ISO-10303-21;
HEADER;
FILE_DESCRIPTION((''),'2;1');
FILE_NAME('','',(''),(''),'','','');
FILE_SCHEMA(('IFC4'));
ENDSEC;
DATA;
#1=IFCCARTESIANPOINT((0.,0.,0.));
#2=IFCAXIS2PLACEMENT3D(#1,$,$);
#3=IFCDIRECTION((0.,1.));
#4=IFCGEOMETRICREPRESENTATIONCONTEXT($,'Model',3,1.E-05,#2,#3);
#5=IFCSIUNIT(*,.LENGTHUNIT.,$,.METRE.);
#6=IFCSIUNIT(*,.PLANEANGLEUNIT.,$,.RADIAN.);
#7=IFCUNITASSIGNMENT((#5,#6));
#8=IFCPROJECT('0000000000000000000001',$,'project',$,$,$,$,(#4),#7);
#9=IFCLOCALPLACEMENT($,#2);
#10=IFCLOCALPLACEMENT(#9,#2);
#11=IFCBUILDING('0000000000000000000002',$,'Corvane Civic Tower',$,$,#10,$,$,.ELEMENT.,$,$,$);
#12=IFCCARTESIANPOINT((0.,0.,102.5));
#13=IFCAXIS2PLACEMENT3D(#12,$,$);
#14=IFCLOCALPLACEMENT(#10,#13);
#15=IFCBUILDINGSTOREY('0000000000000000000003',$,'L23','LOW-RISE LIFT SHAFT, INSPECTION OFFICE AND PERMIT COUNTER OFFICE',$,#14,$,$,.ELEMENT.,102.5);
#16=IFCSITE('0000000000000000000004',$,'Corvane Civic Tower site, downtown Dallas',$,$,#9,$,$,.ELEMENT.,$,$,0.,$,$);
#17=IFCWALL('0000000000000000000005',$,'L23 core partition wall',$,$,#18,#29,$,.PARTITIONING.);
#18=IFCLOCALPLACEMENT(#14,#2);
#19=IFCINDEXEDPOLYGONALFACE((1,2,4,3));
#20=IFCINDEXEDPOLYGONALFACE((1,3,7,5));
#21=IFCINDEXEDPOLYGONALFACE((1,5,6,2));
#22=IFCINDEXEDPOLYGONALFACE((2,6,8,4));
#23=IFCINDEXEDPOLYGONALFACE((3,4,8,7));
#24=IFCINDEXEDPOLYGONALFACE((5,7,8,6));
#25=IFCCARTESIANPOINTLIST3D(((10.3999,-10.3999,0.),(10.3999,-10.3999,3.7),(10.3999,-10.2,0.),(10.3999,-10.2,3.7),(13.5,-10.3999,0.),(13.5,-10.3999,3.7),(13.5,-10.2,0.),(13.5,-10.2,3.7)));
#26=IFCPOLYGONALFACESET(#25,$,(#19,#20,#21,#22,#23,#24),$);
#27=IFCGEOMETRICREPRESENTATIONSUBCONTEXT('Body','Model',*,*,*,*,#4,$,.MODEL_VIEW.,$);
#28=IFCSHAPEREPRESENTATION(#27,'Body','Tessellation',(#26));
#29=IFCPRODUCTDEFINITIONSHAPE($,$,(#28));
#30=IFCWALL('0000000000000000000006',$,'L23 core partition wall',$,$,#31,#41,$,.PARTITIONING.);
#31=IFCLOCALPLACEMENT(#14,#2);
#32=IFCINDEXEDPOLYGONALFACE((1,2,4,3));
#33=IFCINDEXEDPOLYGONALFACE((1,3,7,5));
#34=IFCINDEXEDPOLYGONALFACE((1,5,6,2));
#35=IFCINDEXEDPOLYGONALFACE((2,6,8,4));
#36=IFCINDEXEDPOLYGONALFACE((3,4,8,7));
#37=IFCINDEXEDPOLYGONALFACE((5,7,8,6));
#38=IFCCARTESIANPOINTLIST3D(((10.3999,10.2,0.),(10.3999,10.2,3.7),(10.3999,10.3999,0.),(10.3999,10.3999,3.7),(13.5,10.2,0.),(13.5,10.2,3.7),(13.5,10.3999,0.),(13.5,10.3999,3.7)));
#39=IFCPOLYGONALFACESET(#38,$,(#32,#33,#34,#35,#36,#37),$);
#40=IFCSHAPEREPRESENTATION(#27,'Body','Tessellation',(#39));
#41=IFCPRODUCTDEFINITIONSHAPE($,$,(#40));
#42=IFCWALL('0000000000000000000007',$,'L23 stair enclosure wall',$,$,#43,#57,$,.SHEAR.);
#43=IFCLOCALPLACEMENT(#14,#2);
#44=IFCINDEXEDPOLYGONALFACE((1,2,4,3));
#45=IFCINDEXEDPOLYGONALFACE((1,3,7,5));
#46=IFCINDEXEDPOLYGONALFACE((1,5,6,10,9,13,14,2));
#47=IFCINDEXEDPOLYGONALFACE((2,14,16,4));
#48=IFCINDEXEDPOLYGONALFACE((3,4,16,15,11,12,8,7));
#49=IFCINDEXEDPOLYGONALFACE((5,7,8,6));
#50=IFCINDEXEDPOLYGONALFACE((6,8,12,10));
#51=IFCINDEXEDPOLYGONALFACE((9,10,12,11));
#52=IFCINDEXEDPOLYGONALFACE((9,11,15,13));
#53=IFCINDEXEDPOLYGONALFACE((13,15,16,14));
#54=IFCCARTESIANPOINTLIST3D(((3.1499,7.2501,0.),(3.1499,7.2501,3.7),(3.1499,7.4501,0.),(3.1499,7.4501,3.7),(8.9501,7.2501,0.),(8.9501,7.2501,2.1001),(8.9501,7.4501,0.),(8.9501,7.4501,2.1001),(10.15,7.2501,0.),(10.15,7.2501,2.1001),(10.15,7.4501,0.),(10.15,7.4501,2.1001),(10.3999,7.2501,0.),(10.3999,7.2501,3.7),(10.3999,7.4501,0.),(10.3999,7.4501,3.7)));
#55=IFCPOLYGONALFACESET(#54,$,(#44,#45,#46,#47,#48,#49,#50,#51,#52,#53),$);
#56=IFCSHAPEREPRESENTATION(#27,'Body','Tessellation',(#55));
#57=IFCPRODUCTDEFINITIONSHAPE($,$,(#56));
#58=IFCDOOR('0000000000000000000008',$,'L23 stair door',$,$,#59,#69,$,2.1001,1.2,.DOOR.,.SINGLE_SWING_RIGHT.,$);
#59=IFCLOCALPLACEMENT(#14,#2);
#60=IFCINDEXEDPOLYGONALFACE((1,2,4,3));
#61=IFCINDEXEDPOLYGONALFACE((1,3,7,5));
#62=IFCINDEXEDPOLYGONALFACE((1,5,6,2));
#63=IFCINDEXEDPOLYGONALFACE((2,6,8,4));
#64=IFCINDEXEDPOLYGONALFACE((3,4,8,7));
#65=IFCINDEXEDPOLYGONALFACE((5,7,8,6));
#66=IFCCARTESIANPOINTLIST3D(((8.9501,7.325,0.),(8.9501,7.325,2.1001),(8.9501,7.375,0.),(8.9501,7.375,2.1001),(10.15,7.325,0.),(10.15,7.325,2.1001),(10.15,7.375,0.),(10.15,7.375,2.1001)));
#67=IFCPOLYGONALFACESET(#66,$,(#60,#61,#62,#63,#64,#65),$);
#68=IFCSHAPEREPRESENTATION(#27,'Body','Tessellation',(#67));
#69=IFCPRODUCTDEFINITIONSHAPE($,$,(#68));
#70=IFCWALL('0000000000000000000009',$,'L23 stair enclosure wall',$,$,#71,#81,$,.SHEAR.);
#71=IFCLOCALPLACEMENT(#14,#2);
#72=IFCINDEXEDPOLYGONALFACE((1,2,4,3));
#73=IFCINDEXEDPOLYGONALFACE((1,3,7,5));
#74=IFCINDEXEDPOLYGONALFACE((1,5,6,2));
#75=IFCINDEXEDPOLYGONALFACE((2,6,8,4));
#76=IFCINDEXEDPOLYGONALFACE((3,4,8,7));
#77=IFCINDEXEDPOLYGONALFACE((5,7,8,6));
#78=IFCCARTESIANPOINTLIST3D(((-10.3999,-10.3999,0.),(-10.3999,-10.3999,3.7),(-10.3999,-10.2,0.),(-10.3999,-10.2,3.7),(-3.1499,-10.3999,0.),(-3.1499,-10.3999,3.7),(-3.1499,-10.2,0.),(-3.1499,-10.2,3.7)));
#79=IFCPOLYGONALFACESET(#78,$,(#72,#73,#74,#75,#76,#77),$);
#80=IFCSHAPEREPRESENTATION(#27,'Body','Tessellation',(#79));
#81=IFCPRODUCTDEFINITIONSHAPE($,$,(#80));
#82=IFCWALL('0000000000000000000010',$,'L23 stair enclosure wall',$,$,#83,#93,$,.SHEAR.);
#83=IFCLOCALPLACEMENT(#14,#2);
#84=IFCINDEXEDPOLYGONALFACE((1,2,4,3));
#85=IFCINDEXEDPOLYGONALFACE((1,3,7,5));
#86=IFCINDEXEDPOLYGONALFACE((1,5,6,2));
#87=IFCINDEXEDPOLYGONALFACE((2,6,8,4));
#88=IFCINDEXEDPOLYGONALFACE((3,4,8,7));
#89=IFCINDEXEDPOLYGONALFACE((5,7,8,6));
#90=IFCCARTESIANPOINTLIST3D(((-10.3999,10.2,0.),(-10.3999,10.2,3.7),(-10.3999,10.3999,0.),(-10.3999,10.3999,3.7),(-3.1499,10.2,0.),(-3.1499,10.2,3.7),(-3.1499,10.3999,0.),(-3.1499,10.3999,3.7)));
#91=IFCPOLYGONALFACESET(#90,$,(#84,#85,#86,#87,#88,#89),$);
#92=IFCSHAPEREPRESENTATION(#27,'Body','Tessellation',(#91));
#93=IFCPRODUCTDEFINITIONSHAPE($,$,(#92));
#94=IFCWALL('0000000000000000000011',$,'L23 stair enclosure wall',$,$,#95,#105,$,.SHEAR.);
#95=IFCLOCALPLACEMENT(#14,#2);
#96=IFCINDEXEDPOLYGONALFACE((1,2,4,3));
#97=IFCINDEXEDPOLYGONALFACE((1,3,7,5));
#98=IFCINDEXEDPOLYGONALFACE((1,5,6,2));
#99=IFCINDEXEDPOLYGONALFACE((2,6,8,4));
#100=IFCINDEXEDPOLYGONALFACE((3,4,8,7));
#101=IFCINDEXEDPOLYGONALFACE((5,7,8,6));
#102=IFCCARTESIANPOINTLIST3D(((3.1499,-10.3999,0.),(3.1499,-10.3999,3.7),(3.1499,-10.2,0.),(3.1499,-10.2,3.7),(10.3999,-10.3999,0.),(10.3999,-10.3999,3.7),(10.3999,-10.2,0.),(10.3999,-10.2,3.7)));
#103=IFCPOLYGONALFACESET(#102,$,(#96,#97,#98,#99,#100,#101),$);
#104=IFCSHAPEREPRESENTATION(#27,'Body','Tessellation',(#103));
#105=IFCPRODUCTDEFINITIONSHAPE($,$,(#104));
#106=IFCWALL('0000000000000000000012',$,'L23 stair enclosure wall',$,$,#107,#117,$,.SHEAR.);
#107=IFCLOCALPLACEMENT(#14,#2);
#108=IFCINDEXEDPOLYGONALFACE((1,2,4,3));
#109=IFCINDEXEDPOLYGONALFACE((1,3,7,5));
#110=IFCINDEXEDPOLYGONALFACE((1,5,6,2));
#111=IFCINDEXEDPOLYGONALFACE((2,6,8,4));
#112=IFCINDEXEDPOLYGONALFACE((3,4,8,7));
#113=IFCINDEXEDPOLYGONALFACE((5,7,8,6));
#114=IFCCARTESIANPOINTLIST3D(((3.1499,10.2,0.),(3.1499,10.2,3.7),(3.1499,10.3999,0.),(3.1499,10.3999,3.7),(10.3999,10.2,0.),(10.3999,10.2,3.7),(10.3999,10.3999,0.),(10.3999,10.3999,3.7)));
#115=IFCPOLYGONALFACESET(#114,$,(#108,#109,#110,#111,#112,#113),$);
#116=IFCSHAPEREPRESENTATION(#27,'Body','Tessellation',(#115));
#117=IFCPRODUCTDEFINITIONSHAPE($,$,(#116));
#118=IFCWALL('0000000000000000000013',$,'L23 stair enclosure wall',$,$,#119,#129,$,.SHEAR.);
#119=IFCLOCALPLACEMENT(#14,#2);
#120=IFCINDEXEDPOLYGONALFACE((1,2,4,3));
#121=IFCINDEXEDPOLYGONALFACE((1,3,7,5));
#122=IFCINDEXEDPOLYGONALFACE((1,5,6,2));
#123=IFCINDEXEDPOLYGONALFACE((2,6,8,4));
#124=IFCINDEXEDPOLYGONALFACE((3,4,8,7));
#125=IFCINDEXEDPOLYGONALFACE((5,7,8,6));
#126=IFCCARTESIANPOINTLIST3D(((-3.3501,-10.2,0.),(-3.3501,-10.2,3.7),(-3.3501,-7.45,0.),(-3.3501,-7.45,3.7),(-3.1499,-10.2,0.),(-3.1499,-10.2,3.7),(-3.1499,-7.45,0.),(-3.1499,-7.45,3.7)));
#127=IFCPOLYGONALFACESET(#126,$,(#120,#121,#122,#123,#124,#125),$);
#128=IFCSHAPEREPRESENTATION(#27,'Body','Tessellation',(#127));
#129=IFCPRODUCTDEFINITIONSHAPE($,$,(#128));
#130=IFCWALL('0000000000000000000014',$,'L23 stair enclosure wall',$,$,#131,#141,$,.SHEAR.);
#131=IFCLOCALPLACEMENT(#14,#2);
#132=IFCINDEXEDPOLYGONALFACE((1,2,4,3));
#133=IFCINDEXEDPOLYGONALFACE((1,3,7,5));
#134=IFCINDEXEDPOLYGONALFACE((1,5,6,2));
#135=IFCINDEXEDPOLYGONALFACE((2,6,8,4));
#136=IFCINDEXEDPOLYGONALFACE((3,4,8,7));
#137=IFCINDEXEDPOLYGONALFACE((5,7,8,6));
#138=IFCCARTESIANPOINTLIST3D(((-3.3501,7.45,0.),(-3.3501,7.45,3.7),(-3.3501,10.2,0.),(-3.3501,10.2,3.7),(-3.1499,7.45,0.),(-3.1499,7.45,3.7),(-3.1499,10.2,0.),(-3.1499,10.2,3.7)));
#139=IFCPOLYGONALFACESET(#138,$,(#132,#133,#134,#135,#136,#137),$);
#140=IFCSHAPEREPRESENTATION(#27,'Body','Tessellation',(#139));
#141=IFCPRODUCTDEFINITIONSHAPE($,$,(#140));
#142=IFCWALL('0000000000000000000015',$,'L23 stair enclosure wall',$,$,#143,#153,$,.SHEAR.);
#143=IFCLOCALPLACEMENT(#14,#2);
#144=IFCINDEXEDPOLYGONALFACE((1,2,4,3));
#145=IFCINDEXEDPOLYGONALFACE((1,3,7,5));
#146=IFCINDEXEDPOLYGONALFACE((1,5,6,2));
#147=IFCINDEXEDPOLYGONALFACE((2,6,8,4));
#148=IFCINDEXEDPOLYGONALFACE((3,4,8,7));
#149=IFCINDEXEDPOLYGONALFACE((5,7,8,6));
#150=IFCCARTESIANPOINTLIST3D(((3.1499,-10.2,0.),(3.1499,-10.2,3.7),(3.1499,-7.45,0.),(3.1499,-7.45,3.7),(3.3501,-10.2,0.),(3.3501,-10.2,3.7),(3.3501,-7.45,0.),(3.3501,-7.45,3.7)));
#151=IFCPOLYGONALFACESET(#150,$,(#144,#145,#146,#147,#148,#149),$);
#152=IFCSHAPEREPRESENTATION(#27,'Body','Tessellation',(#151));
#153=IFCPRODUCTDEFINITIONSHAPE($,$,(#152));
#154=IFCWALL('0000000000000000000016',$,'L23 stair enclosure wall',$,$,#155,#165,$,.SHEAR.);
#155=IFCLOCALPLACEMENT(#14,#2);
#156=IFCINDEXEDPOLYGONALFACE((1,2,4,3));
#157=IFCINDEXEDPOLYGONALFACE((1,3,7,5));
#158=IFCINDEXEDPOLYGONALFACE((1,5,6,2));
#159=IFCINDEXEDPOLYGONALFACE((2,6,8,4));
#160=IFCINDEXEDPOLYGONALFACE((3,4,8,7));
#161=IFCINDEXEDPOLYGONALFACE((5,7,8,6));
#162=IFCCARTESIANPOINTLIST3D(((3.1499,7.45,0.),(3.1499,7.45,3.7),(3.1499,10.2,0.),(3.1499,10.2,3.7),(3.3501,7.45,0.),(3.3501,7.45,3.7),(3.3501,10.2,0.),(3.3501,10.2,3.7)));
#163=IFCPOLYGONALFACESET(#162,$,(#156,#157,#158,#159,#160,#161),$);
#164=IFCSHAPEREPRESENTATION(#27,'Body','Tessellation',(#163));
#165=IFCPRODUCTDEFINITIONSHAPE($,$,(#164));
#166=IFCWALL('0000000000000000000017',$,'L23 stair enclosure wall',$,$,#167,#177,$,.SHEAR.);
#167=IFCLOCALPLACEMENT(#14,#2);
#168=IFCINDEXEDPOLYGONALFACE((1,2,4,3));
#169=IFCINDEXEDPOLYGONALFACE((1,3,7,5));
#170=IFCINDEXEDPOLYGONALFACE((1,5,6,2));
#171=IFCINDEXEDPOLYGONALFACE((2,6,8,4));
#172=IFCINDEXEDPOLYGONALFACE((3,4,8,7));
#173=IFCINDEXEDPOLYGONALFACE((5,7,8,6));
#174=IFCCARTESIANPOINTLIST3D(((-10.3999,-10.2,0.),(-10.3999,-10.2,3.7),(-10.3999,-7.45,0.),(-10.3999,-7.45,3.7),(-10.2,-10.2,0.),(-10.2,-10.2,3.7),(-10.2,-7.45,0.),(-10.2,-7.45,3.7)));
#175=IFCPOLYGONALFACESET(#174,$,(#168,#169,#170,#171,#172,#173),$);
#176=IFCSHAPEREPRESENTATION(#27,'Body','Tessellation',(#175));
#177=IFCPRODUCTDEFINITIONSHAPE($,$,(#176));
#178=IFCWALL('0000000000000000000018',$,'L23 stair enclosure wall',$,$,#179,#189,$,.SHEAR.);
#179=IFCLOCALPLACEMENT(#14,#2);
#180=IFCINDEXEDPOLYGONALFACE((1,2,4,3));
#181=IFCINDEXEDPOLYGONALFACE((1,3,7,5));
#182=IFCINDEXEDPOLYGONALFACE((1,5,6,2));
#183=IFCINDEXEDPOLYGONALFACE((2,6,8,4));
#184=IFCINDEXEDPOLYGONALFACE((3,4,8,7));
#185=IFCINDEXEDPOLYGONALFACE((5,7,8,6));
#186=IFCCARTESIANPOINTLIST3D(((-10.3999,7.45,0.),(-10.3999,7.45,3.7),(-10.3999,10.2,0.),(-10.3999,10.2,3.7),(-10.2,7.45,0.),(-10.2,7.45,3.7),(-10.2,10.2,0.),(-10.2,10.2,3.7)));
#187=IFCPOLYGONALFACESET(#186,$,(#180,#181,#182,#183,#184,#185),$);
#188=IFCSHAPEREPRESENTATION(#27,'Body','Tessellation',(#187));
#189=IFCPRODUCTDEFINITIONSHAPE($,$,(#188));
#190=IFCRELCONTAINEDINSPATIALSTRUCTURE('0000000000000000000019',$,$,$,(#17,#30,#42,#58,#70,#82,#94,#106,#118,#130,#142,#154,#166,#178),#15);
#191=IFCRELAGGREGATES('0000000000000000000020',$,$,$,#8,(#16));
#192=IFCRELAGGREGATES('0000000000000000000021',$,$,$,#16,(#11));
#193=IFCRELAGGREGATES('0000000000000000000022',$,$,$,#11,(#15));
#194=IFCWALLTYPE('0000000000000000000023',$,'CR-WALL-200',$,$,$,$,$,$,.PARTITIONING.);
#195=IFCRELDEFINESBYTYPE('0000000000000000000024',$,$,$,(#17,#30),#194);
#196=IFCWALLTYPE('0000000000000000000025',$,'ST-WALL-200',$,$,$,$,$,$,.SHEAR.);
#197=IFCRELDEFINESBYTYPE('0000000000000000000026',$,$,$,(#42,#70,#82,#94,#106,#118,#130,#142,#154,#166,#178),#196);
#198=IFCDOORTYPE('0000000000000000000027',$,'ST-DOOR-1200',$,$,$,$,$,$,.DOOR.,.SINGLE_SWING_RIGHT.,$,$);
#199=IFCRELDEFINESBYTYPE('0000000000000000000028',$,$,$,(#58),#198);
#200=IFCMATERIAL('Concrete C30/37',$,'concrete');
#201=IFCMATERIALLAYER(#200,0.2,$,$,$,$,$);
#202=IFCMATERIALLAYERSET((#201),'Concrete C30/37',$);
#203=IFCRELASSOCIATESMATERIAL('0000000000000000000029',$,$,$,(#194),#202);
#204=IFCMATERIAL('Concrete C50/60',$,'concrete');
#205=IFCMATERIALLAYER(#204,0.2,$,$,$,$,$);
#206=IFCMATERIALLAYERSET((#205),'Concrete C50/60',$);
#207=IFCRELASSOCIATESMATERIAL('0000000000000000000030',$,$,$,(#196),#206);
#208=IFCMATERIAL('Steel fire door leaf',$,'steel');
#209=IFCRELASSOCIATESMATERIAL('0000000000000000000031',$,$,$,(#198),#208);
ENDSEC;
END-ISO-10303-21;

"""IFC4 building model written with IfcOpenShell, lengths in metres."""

from ifc_helpers import new_model, si_unit, direction, frame, frame_2d, origin, place, context, subcontext, project, spatial, polyline, rectangle, outline, extrude, material, layer, layer_set, type_object, element, fill, save


model = new_model("IFC4")

# Units and contexts
model_context = context("Model", 3, precision=1e-05, world=origin(), true_north=direction((0.0, 1.0)))
body_context = subcontext(model_context, "Body", "Model", "MODEL_VIEW")
ifc_project = project(units=[si_unit("LENGTHUNIT", "METRE"), si_unit("PLANEANGLEUNIT", "RADIAN")], contexts=[model_context])

# Site, building, storey
site_placement = place(None, origin())
site = spatial("IfcSite", under=ifc_project, at=site_placement, Name="Corvane Civic Tower site, downtown Dallas", CompositionType="ELEMENT", RefElevation=0.0)
building_placement = place(site_placement, origin())
building = spatial("IfcBuilding", under=site, at=building_placement, Name="Corvane Civic Tower", CompositionType="ELEMENT")
storey_placement = place(building_placement, frame((0.0, 0.0, 102.5)))
storey = spatial("IfcBuildingStorey", under=building, at=storey_placement, Name="L23", Description="LOW-RISE LIFT SHAFT, INSPECTION OFFICE AND PERMIT COUNTER OFFICE", CompositionType="ELEMENT", Elevation=102.5)

# Walls
ifc_material_1 = material(Name="Concrete C30/37", Category="concrete")
ifc_layer_1 = layer(ifc_material_1, 0.2)
ifc_layer_set_1 = layer_set([ifc_layer_1], Name="Concrete C30/37")
wall_type_1 = type_object("IfcWallType", Name="CR-WALL-200", PredefinedType="PARTITIONING", material=ifc_layer_set_1)
wall_1_placement = place(storey_placement, origin())
element("IfcWall", 1, at=wall_1_placement, inside=storey, type_object=wall_type_1, Name="L23 core partition wall", PredefinedType="PARTITIONING", context=body_context, shape_type="SweptSolid", body=[
    extrude(outline(polyline([(13.5, -10.3999), (10.3999, -10.3999), (10.3999, -10.2), (13.5, -10.2), (13.5, -10.3999)])), origin(), (0.0, 0.0, 1.0), 3.7),
])
wall_2_placement = place(storey_placement, origin())
element("IfcWall", 2, at=wall_2_placement, inside=storey, type_object=wall_type_1, Name="L23 core partition wall", PredefinedType="PARTITIONING", context=body_context, shape_type="SweptSolid", body=[
    extrude(outline(polyline([(10.3999, 10.2), (10.3999, 10.3999), (13.5, 10.3999), (13.5, 10.2), (10.3999, 10.2)])), origin(), (0.0, 0.0, 1.0), 3.7),
])

# Wall, opening, door
ifc_material_2 = material(Name="Concrete C50/60", Category="concrete")
ifc_layer_2 = layer(ifc_material_2, 0.2)
ifc_layer_set_2 = layer_set([ifc_layer_2], Name="Concrete C50/60")
wall_type_2 = type_object("IfcWallType", Name="ST-WALL-200", PredefinedType="SHEAR", material=ifc_layer_set_2)
wall_3_placement = place(storey_placement, frame((3.1499, 7.3501, 0.0), z_axis=(0.0, 0.0, 1.0), x_axis=(1.0, 0.0, 0.0)))
wall_3 = element("IfcWall", 3, at=wall_3_placement, inside=storey, type_object=wall_type_2, Name="L23 stair enclosure wall", PredefinedType="SHEAR", context=body_context, shape_type="SweptSolid", body=[
    extrude(rectangle(XDim=7.25, YDim=0.2, at=frame_2d((3.625, 0.0))), origin(), (0.0, 0.0, 1.0), 3.7),
])
opening_placement = place(wall_3_placement, frame((5.8, 0.0, 0.0)))
opening = element("IfcOpeningElement", 4, at=opening_placement, cuts=wall_3, PredefinedType="OPENING", context=body_context, shape_type="SweptSolid", body=[
    extrude(rectangle(XDim=1.2, YDim=2.1001, at=frame_2d((0.6001, 1.05))), frame((0.0, 0.1099, 0.0), z_axis=(0.0, -1.0, 0.0), x_axis=(1.0, 0.0, 0.0)), (0.0, 0.0, 1.0), 0.22),
])
ifc_material_3 = material(Name="Steel fire door leaf", Category="steel")
door_type = type_object("IfcDoorType", Name="ST-DOOR-1200", OperationType="SINGLE_SWING_RIGHT", PredefinedType="DOOR", material=ifc_material_3)
door_placement = place(opening_placement, origin())
door = element("IfcDoor", 5, at=door_placement, inside=storey, type_object=door_type, Name="L23 stair door", OperationType="SINGLE_SWING_RIGHT", OverallHeight=2.1001, OverallWidth=1.2, PredefinedType="DOOR", context=body_context, shape_type="SweptSolid", body=[
    extrude(rectangle(XDim=1.2, YDim=2.1001, at=frame_2d((0.6001, 1.05))), frame((0.0, 0.0249, 0.0), z_axis=(0.0, -1.0, 0.0), x_axis=(1.0, 0.0, 0.0)), (0.0, 0.0, 1.0), 0.05),
])
fill(opening, door)

# Walls
wall_4_placement = place(storey_placement, origin())
element("IfcWall", 6, at=wall_4_placement, inside=storey, type_object=wall_type_2, Name="L23 stair enclosure wall", PredefinedType="SHEAR", context=body_context, shape_type="SweptSolid", body=[
    extrude(outline(polyline([(-3.1499, -10.2), (-3.1499, -10.3999), (-10.3999, -10.3999), (-10.3999, -10.2), (-3.1499, -10.2)])), origin(), (0.0, 0.0, 1.0), 3.7),
])
wall_5_placement = place(storey_placement, origin())
element("IfcWall", 7, at=wall_5_placement, inside=storey, type_object=wall_type_2, Name="L23 stair enclosure wall", PredefinedType="SHEAR", context=body_context, shape_type="SweptSolid", body=[
    extrude(outline(polyline([(-3.1499, 10.2), (-10.3999, 10.2), (-10.3999, 10.3999), (-3.1499, 10.3999), (-3.1499, 10.2)])), origin(), (0.0, 0.0, 1.0), 3.7),
])
wall_6_placement = place(storey_placement, origin())
element("IfcWall", 8, at=wall_6_placement, inside=storey, type_object=wall_type_2, Name="L23 stair enclosure wall", PredefinedType="SHEAR", context=body_context, shape_type="SweptSolid", body=[
    extrude(outline(polyline([(10.3999, -10.3999), (3.1499, -10.3999), (3.1499, -10.2), (10.3999, -10.2), (10.3999, -10.3999)])), origin(), (0.0, 0.0, 1.0), 3.7),
])
wall_7_placement = place(storey_placement, origin())
element("IfcWall", 9, at=wall_7_placement, inside=storey, type_object=wall_type_2, Name="L23 stair enclosure wall", PredefinedType="SHEAR", context=body_context, shape_type="SweptSolid", body=[
    extrude(outline(polyline([(10.3999, 10.2), (3.1499, 10.2), (3.1499, 10.3999), (10.3999, 10.3999), (10.3999, 10.2)])), origin(), (0.0, 0.0, 1.0), 3.7),
])
wall_8_placement = place(storey_placement, origin())
element("IfcWall", 10, at=wall_8_placement, inside=storey, type_object=wall_type_2, Name="L23 stair enclosure wall", PredefinedType="SHEAR", context=body_context, shape_type="SweptSolid", body=[
    extrude(outline(polyline([(-3.1499, -7.45), (-3.1499, -10.2), (-3.3501, -10.2), (-3.3501, -7.45), (-3.1499, -7.45)])), origin(), (0.0, 0.0, 1.0), 3.7),
])
wall_9_placement = place(storey_placement, origin())
element("IfcWall", 11, at=wall_9_placement, inside=storey, type_object=wall_type_2, Name="L23 stair enclosure wall", PredefinedType="SHEAR", context=body_context, shape_type="SweptSolid", body=[
    extrude(outline(polyline([(-3.1499, 7.45), (-3.3501, 7.45), (-3.3501, 10.2), (-3.1499, 10.2), (-3.1499, 7.45)])), origin(), (0.0, 0.0, 1.0), 3.7),
])
wall_10_placement = place(storey_placement, origin())
element("IfcWall", 12, at=wall_10_placement, inside=storey, type_object=wall_type_2, Name="L23 stair enclosure wall", PredefinedType="SHEAR", context=body_context, shape_type="SweptSolid", body=[
    extrude(outline(polyline([(3.3501, -7.45), (3.3501, -10.2), (3.1499, -10.2), (3.1499, -7.45), (3.3501, -7.45)])), origin(), (0.0, 0.0, 1.0), 3.7),
])
wall_11_placement = place(storey_placement, origin())
element("IfcWall", 13, at=wall_11_placement, inside=storey, type_object=wall_type_2, Name="L23 stair enclosure wall", PredefinedType="SHEAR", context=body_context, shape_type="SweptSolid", body=[
    extrude(outline(polyline([(3.3501, 7.45), (3.1499, 7.45), (3.1499, 10.2), (3.3501, 10.2), (3.3501, 7.45)])), origin(), (0.0, 0.0, 1.0), 3.7),
])
wall_12_placement = place(storey_placement, origin())
element("IfcWall", 14, at=wall_12_placement, inside=storey, type_object=wall_type_2, Name="L23 stair enclosure wall", PredefinedType="SHEAR", context=body_context, shape_type="SweptSolid", body=[
    extrude(outline(polyline([(-10.2, -7.45), (-10.2, -10.2), (-10.3999, -10.2), (-10.3999, -7.45), (-10.2, -7.45)])), origin(), (0.0, 0.0, 1.0), 3.7),
])
wall_13_placement = place(storey_placement, origin())
element("IfcWall", 15, at=wall_13_placement, inside=storey, type_object=wall_type_2, Name="L23 stair enclosure wall", PredefinedType="SHEAR", context=body_context, shape_type="SweptSolid", body=[
    extrude(outline(polyline([(-10.2, 7.45), (-10.3999, 7.45), (-10.3999, 10.2), (-10.2, 10.2), (-10.2, 7.45)])), origin(), (0.0, 0.0, 1.0), 3.7),
])

save(model, "model.ifc")
